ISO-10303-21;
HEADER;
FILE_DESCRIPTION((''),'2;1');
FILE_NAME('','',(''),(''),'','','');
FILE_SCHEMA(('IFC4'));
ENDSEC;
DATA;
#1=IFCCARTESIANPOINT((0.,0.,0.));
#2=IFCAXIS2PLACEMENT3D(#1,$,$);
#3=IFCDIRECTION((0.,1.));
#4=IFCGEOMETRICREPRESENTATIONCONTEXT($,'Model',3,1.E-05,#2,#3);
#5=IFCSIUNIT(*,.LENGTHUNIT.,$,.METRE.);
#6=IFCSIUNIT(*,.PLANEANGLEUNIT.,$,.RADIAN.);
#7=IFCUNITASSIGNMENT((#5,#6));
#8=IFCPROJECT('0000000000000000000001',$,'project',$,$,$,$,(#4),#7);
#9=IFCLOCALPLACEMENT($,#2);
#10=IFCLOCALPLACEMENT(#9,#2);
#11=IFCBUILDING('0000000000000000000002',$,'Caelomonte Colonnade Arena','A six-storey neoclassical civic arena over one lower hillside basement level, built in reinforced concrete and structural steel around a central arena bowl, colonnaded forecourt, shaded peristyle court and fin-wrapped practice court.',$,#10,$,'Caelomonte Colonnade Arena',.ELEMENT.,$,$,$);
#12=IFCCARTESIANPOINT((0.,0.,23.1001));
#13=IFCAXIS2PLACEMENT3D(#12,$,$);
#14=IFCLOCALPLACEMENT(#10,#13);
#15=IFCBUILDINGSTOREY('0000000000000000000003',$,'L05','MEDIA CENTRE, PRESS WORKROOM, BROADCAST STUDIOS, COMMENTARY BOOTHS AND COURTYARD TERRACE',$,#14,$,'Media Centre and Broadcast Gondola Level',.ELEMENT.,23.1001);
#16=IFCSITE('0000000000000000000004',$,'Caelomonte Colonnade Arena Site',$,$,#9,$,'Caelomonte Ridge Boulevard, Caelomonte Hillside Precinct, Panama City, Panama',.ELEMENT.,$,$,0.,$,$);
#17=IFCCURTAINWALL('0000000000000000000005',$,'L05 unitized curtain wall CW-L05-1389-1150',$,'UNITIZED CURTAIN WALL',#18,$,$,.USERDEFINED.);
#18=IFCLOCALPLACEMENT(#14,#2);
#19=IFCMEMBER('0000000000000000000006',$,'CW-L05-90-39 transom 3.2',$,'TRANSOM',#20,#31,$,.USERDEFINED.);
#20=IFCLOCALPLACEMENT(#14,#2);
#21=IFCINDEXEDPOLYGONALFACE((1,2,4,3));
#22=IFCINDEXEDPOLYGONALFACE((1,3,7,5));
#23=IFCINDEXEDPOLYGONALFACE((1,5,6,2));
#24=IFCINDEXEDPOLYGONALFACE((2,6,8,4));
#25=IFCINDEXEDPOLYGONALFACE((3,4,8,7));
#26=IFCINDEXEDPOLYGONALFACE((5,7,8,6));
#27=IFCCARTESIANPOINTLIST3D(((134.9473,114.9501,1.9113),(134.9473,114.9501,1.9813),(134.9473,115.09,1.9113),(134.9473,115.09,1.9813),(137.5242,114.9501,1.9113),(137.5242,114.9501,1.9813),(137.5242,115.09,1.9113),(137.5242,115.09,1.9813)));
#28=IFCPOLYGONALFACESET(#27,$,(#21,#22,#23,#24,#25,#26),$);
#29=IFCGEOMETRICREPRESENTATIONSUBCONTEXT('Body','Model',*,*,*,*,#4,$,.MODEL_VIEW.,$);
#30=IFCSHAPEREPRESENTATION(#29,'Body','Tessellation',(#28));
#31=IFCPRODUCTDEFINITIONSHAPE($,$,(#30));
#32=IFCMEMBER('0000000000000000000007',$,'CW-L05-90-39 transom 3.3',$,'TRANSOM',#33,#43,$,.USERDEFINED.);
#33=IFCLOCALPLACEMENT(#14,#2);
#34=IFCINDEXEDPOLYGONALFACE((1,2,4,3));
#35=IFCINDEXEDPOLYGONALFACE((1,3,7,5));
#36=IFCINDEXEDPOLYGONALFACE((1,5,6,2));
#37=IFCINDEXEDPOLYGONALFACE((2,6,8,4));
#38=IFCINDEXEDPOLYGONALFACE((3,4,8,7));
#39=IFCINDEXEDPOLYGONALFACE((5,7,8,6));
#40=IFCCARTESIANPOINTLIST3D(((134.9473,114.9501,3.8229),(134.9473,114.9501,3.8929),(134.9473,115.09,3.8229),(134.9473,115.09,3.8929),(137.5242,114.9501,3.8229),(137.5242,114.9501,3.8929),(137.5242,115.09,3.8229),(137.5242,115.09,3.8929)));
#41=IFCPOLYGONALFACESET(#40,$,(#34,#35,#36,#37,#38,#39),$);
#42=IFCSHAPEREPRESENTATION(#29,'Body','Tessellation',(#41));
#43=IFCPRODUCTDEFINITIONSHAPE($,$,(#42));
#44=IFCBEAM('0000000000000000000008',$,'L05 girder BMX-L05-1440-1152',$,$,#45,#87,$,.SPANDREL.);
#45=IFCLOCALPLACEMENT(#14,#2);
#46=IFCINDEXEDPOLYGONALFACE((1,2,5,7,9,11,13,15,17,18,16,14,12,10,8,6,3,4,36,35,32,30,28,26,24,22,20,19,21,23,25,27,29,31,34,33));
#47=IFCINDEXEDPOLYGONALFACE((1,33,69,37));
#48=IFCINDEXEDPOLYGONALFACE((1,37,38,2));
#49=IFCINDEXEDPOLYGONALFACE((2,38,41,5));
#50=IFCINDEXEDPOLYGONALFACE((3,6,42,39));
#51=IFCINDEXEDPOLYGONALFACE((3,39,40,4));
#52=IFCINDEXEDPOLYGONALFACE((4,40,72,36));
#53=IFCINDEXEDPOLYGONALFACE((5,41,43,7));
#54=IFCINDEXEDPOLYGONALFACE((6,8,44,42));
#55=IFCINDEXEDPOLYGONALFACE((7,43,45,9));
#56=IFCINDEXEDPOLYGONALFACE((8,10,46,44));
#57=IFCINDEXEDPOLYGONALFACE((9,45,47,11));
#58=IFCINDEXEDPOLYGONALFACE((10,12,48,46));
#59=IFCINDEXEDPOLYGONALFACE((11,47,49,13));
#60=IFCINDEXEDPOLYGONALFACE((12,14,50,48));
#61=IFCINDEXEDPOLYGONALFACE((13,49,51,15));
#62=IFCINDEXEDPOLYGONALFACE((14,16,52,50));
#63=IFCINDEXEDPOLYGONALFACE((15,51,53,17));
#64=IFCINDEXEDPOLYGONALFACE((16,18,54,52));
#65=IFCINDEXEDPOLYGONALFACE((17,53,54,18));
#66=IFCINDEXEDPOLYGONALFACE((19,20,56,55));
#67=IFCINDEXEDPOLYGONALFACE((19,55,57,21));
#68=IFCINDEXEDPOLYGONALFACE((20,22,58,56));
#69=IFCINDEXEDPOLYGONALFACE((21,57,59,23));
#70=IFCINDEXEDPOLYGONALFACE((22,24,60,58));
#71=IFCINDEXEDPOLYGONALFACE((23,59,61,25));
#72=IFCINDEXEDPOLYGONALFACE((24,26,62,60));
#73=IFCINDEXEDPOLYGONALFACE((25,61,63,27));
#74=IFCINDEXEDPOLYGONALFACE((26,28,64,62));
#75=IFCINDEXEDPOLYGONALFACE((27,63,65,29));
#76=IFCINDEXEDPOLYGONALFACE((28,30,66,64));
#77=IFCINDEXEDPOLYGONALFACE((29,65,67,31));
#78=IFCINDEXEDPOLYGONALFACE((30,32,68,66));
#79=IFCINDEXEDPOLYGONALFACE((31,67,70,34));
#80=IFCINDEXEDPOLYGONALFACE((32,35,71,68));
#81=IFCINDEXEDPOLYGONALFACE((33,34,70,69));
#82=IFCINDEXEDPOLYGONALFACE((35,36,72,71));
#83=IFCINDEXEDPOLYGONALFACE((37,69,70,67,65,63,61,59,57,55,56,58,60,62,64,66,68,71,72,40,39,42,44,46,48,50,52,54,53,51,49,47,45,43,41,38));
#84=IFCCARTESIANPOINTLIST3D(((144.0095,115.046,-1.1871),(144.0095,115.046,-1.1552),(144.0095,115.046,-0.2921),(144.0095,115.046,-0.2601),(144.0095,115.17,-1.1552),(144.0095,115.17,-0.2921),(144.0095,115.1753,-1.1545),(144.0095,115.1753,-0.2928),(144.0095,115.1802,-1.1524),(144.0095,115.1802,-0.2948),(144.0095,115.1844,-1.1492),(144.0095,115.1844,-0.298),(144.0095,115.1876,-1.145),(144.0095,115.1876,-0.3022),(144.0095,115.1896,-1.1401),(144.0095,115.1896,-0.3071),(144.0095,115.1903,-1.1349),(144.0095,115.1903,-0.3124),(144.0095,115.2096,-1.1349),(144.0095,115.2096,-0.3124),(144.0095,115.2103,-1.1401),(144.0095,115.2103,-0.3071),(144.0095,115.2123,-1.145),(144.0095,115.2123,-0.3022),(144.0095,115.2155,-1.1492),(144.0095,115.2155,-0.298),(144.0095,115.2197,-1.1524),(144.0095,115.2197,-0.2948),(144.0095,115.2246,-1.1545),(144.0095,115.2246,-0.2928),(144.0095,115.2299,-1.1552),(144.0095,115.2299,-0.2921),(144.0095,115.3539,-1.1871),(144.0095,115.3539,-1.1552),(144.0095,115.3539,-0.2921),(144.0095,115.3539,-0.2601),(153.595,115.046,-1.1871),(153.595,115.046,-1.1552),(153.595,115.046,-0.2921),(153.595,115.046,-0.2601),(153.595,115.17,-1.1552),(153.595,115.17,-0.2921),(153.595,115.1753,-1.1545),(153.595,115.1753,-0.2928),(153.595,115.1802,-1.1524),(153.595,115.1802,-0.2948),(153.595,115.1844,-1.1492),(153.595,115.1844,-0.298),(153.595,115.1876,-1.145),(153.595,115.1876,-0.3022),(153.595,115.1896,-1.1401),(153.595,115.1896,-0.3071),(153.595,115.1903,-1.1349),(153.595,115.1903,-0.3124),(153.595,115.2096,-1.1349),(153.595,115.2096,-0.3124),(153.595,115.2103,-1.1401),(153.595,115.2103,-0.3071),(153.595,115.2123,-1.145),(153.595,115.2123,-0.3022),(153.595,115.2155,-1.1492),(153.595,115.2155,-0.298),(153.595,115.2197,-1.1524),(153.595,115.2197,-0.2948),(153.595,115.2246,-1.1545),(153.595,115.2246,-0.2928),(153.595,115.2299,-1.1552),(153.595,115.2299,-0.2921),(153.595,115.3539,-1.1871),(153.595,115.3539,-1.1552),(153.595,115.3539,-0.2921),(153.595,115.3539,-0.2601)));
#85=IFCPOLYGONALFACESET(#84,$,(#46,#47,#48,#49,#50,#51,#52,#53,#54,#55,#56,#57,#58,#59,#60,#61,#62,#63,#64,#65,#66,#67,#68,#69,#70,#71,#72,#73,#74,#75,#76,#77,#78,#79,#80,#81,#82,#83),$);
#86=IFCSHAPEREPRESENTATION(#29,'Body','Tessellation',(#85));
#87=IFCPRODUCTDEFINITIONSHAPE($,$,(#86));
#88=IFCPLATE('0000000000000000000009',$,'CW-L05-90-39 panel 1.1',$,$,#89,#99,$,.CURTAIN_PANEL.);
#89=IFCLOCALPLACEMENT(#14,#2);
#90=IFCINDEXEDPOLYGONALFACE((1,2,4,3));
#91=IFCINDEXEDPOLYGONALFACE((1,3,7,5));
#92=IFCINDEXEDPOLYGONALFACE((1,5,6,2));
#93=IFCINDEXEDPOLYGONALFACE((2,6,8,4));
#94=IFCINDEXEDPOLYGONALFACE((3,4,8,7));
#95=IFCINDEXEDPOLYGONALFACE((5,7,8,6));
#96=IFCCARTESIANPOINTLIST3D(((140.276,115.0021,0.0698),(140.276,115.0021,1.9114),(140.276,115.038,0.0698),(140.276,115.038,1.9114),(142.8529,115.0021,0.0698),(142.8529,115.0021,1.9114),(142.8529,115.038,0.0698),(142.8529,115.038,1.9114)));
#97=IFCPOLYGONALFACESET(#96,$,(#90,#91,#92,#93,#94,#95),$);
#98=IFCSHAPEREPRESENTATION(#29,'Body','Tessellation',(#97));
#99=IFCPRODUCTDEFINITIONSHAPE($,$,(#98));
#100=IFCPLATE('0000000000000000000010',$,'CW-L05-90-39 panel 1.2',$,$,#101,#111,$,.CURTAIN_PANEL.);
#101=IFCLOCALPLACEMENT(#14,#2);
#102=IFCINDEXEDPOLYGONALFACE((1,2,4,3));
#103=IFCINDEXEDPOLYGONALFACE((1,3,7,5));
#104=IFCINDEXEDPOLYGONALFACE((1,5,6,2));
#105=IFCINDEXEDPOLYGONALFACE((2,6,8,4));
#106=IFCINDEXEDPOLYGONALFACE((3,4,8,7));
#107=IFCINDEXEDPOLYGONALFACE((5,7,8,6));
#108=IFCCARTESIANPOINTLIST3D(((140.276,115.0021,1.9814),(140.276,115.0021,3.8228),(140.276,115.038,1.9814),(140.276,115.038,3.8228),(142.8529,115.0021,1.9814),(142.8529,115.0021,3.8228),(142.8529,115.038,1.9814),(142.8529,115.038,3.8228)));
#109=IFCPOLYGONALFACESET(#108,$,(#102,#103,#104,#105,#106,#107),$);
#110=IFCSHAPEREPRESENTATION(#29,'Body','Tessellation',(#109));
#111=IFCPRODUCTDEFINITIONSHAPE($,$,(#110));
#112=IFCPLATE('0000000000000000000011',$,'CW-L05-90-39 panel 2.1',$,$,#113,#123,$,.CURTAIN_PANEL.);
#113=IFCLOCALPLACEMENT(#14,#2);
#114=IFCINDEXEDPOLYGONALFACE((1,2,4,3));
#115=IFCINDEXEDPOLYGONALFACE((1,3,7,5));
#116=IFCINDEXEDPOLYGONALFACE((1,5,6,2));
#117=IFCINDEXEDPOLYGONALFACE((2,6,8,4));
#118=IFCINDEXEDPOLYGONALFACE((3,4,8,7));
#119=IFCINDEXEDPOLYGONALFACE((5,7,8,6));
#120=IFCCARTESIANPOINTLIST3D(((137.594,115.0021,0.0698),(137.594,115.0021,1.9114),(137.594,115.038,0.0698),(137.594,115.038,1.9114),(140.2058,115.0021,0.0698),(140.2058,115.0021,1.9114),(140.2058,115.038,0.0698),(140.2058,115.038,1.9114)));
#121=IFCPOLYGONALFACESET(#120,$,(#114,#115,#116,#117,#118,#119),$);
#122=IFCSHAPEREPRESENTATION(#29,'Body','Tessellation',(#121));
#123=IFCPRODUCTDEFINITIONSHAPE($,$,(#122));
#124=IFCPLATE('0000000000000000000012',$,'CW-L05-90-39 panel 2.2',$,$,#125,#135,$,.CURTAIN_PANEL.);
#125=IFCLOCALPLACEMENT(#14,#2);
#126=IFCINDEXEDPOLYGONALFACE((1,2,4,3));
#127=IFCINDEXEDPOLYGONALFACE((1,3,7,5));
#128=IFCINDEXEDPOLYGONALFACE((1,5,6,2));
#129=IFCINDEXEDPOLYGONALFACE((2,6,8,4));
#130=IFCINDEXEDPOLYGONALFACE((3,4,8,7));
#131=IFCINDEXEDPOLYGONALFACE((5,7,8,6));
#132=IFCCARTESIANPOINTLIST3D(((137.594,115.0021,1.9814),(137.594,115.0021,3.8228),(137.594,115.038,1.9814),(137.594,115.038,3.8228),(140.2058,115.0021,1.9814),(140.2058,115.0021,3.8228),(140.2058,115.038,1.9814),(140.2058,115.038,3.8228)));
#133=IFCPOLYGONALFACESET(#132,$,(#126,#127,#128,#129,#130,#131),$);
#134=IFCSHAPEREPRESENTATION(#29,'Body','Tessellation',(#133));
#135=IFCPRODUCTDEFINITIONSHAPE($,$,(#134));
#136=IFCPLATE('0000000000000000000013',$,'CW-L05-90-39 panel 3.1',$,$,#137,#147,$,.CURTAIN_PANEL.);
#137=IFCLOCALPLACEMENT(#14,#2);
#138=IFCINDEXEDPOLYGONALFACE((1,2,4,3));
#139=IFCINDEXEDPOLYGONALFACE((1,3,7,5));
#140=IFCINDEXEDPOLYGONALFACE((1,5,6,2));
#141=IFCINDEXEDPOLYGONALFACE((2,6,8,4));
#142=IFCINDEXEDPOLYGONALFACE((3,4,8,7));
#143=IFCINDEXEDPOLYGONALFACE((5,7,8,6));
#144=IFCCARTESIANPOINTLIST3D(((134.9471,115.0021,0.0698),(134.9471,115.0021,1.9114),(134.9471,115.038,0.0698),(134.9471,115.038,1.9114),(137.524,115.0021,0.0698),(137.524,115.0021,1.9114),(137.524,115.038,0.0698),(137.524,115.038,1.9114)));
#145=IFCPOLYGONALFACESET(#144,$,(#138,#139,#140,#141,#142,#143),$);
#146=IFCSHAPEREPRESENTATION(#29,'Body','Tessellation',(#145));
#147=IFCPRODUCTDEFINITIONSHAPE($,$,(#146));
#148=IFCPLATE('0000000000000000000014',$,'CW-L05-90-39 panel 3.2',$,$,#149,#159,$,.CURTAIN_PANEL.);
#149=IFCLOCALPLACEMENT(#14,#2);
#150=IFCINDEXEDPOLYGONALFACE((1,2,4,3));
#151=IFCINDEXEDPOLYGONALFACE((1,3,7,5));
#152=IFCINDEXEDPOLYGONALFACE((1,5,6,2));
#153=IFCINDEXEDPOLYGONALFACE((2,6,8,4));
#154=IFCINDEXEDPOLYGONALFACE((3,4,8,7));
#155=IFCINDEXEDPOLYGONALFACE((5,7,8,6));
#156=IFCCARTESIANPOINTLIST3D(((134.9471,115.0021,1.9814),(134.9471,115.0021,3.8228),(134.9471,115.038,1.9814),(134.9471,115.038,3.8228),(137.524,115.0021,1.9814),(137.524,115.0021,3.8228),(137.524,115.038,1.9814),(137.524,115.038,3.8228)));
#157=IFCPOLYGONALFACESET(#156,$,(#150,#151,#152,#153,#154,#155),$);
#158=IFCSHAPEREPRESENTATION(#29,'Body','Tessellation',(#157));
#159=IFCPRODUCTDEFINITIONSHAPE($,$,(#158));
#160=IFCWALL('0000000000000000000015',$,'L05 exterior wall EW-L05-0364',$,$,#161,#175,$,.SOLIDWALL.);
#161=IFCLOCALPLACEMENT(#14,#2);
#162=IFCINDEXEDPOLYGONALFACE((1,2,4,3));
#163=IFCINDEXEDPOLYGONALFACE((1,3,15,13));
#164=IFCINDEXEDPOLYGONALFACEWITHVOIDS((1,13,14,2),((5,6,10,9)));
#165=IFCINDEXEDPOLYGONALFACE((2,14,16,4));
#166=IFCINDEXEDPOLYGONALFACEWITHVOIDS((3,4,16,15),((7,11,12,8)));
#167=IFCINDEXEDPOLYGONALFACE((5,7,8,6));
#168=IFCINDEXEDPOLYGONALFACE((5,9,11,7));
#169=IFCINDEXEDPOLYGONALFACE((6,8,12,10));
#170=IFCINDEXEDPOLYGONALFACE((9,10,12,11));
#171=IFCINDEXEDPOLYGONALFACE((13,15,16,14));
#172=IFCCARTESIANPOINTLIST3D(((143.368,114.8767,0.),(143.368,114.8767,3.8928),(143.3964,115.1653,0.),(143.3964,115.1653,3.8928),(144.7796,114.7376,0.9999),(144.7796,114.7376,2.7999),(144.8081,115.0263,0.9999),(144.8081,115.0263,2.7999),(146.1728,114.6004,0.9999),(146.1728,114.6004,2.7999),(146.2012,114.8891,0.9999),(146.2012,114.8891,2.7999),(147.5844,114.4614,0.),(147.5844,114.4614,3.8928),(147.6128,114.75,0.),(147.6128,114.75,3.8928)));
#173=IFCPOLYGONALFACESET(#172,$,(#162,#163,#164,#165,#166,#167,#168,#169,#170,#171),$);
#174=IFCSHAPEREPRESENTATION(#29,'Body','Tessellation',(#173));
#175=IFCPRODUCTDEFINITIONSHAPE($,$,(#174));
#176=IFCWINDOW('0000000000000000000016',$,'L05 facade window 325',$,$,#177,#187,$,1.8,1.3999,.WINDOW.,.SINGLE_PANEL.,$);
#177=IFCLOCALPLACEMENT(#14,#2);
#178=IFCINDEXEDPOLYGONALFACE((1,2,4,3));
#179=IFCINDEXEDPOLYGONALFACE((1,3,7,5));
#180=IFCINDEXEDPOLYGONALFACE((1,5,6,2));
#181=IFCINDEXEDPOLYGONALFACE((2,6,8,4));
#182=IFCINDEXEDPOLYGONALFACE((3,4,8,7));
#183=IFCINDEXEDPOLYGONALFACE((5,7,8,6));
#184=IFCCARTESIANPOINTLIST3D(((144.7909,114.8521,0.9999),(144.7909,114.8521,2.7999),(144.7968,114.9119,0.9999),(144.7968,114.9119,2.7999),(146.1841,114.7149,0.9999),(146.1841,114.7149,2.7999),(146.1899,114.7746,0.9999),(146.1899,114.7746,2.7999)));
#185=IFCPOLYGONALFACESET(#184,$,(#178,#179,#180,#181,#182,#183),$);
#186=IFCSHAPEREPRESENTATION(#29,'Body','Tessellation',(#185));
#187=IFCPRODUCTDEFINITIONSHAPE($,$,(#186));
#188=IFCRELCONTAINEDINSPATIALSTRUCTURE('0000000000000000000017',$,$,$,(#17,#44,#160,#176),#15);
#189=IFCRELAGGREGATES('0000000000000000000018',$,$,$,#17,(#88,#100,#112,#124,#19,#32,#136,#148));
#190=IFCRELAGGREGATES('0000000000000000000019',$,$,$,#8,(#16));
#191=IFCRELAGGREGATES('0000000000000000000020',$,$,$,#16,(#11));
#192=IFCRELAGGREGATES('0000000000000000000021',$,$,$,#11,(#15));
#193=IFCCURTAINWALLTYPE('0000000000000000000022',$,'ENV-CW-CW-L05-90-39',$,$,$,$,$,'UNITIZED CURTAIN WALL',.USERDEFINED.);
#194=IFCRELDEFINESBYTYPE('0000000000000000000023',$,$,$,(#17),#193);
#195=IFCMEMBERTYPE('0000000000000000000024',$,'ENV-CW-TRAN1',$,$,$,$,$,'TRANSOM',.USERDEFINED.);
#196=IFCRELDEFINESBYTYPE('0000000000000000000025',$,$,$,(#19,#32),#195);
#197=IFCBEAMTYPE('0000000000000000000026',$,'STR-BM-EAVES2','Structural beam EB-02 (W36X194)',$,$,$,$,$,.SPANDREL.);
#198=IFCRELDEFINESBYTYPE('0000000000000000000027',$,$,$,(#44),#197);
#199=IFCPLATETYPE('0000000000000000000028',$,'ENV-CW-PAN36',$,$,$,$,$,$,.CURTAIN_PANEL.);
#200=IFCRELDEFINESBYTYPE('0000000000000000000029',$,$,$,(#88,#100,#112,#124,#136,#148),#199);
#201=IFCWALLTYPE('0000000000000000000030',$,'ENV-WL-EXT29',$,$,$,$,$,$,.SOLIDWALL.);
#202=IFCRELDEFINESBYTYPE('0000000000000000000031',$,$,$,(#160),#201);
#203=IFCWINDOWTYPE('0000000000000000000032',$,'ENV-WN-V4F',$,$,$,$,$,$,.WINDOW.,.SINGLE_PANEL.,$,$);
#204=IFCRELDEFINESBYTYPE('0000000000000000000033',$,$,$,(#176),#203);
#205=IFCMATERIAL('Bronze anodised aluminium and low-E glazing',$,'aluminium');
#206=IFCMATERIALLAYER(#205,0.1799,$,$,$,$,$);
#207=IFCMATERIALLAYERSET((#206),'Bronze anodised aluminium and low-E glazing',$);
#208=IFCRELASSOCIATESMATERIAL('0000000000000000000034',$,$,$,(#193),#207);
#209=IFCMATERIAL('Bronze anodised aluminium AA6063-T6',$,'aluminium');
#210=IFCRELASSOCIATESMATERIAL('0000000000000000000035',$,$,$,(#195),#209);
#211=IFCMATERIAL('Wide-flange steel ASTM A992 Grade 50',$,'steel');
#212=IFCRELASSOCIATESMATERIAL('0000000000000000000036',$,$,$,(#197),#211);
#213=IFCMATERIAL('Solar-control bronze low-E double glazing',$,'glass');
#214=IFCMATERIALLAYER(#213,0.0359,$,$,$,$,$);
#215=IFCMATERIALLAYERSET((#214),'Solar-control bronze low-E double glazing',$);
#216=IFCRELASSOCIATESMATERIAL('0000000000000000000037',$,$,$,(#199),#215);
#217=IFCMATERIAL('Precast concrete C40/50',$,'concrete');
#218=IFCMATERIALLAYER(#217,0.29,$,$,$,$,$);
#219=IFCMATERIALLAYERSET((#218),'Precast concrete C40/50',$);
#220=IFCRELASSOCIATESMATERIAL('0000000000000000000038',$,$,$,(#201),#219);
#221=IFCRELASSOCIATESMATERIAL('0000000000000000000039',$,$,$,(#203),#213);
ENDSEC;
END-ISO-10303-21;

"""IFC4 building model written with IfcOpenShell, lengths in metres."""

from ifc_helpers import new_model, si_unit, direction, frame, frame_2d, origin, origin_2d, place, context, subcontext, project, spatial, rectangle, i_section, extrude, material, layer, layer_set, material_profile, profile_set, type_object, element, fill, aggregate, save


model = new_model("IFC4")

# Units and contexts
model_context = context("Model", 3, precision=1e-05, world=origin(), true_north=direction((0.0, 1.0)))
body_context = subcontext(model_context, "Body", "Model", "MODEL_VIEW")
ifc_project = project(units=[si_unit("LENGTHUNIT", "METRE"), si_unit("PLANEANGLEUNIT", "RADIAN")], contexts=[model_context])

# Site, building, storey
site_placement = place(None, origin())
site = spatial("IfcSite", under=ifc_project, at=site_placement, Name="Caelomonte Colonnade Arena Site", LongName="Caelomonte Ridge Boulevard, Caelomonte Hillside Precinct, Panama City, Panama", CompositionType="ELEMENT", RefElevation=0.0)
building_placement = place(site_placement, origin())
building = spatial("IfcBuilding", under=site, at=building_placement, Name="Caelomonte Colonnade Arena", Description="A six-storey neoclassical civic arena over one lower hillside basement level, built in reinforced concrete and structural steel around a central arena bowl, colonnaded forecourt, shaded peristyle court and fin-wrapped practice court.", LongName="Caelomonte Colonnade Arena", CompositionType="ELEMENT")
storey_placement = place(building_placement, frame((0.0, 0.0, 23.1001)))
storey = spatial("IfcBuildingStorey", under=building, at=storey_placement, Name="L05", Description="MEDIA CENTRE, PRESS WORKROOM, BROADCAST STUDIOS, COMMENTARY BOOTHS AND COURTYARD TERRACE", LongName="Media Centre and Broadcast Gondola Level", CompositionType="ELEMENT", Elevation=23.1001)

# Shared definitions
ifc_material_1 = material(Name="Wide-flange steel ASTM A992 Grade 50", Category="steel")

# Curtain wall, members
ifc_material_2 = material(Name="Bronze anodised aluminium and low-E glazing", Category="aluminium")
ifc_layer_1 = layer(ifc_material_2, 0.1799)
ifc_layer_set_1 = layer_set([ifc_layer_1], Name="Bronze anodised aluminium and low-E glazing")
curtain_wall_type = type_object("IfcCurtainWallType", Name="ENV-CW-CW-L05-90-39", ElementType="UNITIZED CURTAIN WALL", PredefinedType="USERDEFINED", material=ifc_layer_set_1)
curtain_wall_placement = place(storey_placement, origin())
curtain_wall = element("IfcCurtainWall", 1, at=curtain_wall_placement, inside=storey, type_object=curtain_wall_type, Name="L05 unitized curtain wall CW-L05-1389-1150", ObjectType="UNITIZED CURTAIN WALL", PredefinedType="USERDEFINED")
ifc_material_3 = material(Name="Bronze anodised aluminium AA6063-T6", Category="aluminium")
ifc_material_profile_1 = material_profile(ifc_material_3, rectangle(XDim=0.0701, YDim=0.1399, at=origin_2d()), Name="CWT-70X140")
ifc_profile_set_1 = profile_set([ifc_material_profile_1], Name="Bronze anodised aluminium AA6063-T6")
member_type_1 = type_object("IfcMemberType", Name="ENV-CW-TRAN1", ElementType="TRANSOM", PredefinedType="USERDEFINED", material=ifc_profile_set_1)
member_1_placement = place(storey_placement, frame((137.5242, 115.02, 1.9463), z_axis=(-1.0, 0.0, 0.0), x_axis=(0.0, 0.0, 1.0)))
member_1 = element("IfcMember", 2, at=member_1_placement, type_object=member_type_1, Name="CW-L05-90-39 transom 3.2", ObjectType="TRANSOM", PredefinedType="USERDEFINED", context=body_context, shape_type="SweptSolid", body=[
    extrude(rectangle(XDim=0.0701, YDim=0.1399, at=origin_2d()), origin(), (0.0, 0.0, 1.0), 2.5769),
])
member_2_placement = place(storey_placement, frame((137.5242, 115.02, 3.8579), z_axis=(-1.0, 0.0, 0.0), x_axis=(0.0, 0.0, 1.0)))
member_2 = element("IfcMember", 3, at=member_2_placement, type_object=member_type_1, Name="CW-L05-90-39 transom 3.3", ObjectType="TRANSOM", PredefinedType="USERDEFINED", context=body_context, shape_type="SweptSolid", body=[
    extrude(rectangle(XDim=0.0701, YDim=0.1399, at=origin_2d()), origin(), (0.0, 0.0, 1.0), 2.5769),
])

# Beam
ifc_material_profile_2 = material_profile(ifc_material_1, i_section(OverallWidth=0.3079, OverallDepth=0.927, WebThickness=0.0193, FlangeThickness=0.032, FilletRadius=0.0203, at=origin_2d()), Name="W36X194")
ifc_profile_set_2 = profile_set([ifc_material_profile_2], Name="Wide-flange steel ASTM A992 Grade 50")
beam_type = type_object("IfcBeamType", Name="STR-BM-EAVES2", Description="Structural beam EB-02 (W36X194)", PredefinedType="SPANDREL", material=ifc_profile_set_2)
beam_placement = place(storey_placement, frame((144.0095, 115.2, -0.7236), z_axis=(1.0, 0.0, 0.0), x_axis=(0.0, 1.0, 0.0)))
element("IfcBeam", 4, at=beam_placement, inside=storey, type_object=beam_type, Name="L05 girder BMX-L05-1440-1152", PredefinedType="SPANDREL", context=body_context, shape_type="SweptSolid", body=[
    extrude(i_section(OverallWidth=0.3079, OverallDepth=0.927, WebThickness=0.0193, FlangeThickness=0.032, FilletRadius=0.0203, at=origin_2d()), origin(), (0.0, 0.0, 1.0), 9.5854),
])

# Plates
ifc_material_4 = material(Name="Solar-control bronze low-E double glazing", Category="glass")
ifc_layer_2 = layer(ifc_material_4, 0.0359)
ifc_layer_set_2 = layer_set([ifc_layer_2], Name="Solar-control bronze low-E double glazing")
plate_type = type_object("IfcPlateType", Name="ENV-CW-PAN36", PredefinedType="CURTAIN_PANEL", material=ifc_layer_set_2)
plate_1_placement = place(storey_placement, frame((141.5645, 115.02, 0.0698), z_axis=(0.0, 0.0, 1.0), x_axis=(-1.0, 0.0, 0.0)))
plate_1 = element("IfcPlate", 5, at=plate_1_placement, type_object=plate_type, Name="CW-L05-90-39 panel 1.1", PredefinedType="CURTAIN_PANEL", context=body_context, shape_type="SweptSolid", body=[
    extrude(rectangle(XDim=2.5769, YDim=0.0359, at=origin_2d()), origin(), (0.0, 0.0, 1.0), 1.8416),
])
plate_2_placement = place(storey_placement, frame((141.5645, 115.02, 1.9814), z_axis=(0.0, 0.0, 1.0), x_axis=(-1.0, 0.0, 0.0)))
plate_2 = element("IfcPlate", 6, at=plate_2_placement, type_object=plate_type, Name="CW-L05-90-39 panel 1.2", PredefinedType="CURTAIN_PANEL", context=body_context, shape_type="SweptSolid", body=[
    extrude(rectangle(XDim=2.5769, YDim=0.0359, at=origin_2d()), origin(), (0.0, 0.0, 1.0), 1.8413),
])
plate_3_placement = place(storey_placement, frame((138.8999, 115.02, 0.0698), z_axis=(0.0, 0.0, 1.0), x_axis=(-1.0, 0.0, 0.0)))
plate_3 = element("IfcPlate", 7, at=plate_3_placement, type_object=plate_type, Name="CW-L05-90-39 panel 2.1", PredefinedType="CURTAIN_PANEL", context=body_context, shape_type="SweptSolid", body=[
    extrude(rectangle(XDim=2.6118, YDim=0.0359, at=origin_2d()), origin(), (0.0, 0.0, 1.0), 1.8416),
])
plate_4_placement = place(storey_placement, frame((138.8999, 115.02, 1.9814), z_axis=(0.0, 0.0, 1.0), x_axis=(-1.0, 0.0, 0.0)))
plate_4 = element("IfcPlate", 8, at=plate_4_placement, type_object=plate_type, Name="CW-L05-90-39 panel 2.2", PredefinedType="CURTAIN_PANEL", context=body_context, shape_type="SweptSolid", body=[
    extrude(rectangle(XDim=2.6118, YDim=0.0359, at=origin_2d()), origin(), (0.0, 0.0, 1.0), 1.8413),
])
plate_5_placement = place(storey_placement, frame((136.2356, 115.02, 0.0698), z_axis=(0.0, 0.0, 1.0), x_axis=(-1.0, 0.0, 0.0)))
plate_5 = element("IfcPlate", 9, at=plate_5_placement, type_object=plate_type, Name="CW-L05-90-39 panel 3.1", PredefinedType="CURTAIN_PANEL", context=body_context, shape_type="SweptSolid", body=[
    extrude(rectangle(XDim=2.5769, YDim=0.0359, at=origin_2d()), origin(), (0.0, 0.0, 1.0), 1.8416),
])
plate_6_placement = place(storey_placement, frame((136.2356, 115.02, 1.9814), z_axis=(0.0, 0.0, 1.0), x_axis=(-1.0, 0.0, 0.0)))
plate_6 = element("IfcPlate", 10, at=plate_6_placement, type_object=plate_type, Name="CW-L05-90-39 panel 3.2", PredefinedType="CURTAIN_PANEL", context=body_context, shape_type="SweptSolid", body=[
    extrude(rectangle(XDim=2.5769, YDim=0.0359, at=origin_2d()), origin(), (0.0, 0.0, 1.0), 1.8413),
])
aggregate(curtain_wall, [plate_1, plate_2, plate_3, plate_4, member_1, member_2, plate_5, plate_6])

# Wall, opening, window
ifc_material_5 = material(Name="Precast concrete C40/50", Category="concrete")
ifc_layer_3 = layer(ifc_material_5, 0.29)
ifc_layer_set_3 = layer_set([ifc_layer_3], Name="Precast concrete C40/50")
wall_type = type_object("IfcWallType", Name="ENV-WL-EXT29", PredefinedType="SOLIDWALL", material=ifc_layer_set_3)
wall_placement = place(storey_placement, frame((147.5986, 114.6057, 0.0), z_axis=(0.0, 0.0, 1.0), x_axis=(-0.995184, 0.09802, 0.0)))
wall = element("IfcWall", 11, at=wall_placement, inside=storey, type_object=wall_type, Name="L05 exterior wall EW-L05-0364", PredefinedType="SOLIDWALL", context=body_context, shape_type="SweptSolid", body=[
    extrude(rectangle(XDim=4.2368, YDim=0.29, at=frame_2d((2.1184, 0.0))), origin(), (0.0, 0.0, 1.0), 3.8928),
])
opening_placement = place(wall_placement, frame((2.8184, 0.0, 1.0), z_axis=(0.0, 0.0, 1.0), x_axis=(-1.0, 0.0, 0.0)))
opening = element("IfcOpeningElement", 12, at=opening_placement, cuts=wall, PredefinedType="OPENING", context=body_context, shape_type="SweptSolid", body=[
    extrude(rectangle(XDim=1.3999, YDim=1.8, at=frame_2d((0.7, 0.8999))), frame((0.0, 0.155, 0.0), z_axis=(0.0, -1.0, 0.0), x_axis=(1.0, 0.0, 0.0)), (0.0, 0.0, 1.0), 0.3101),
])
window_type = type_object("IfcWindowType", Name="ENV-WN-V4F", PartitioningType="SINGLE_PANEL", PredefinedType="WINDOW", material=ifc_material_4)
window_placement = place(opening_placement, origin())
window = element("IfcWindow", 13, at=window_placement, inside=storey, type_object=window_type, Name="L05 facade window 325", OverallHeight=1.8, OverallWidth=1.3999, PartitioningType="SINGLE_PANEL", PredefinedType="WINDOW", context=body_context, shape_type="SweptSolid", body=[
    extrude(rectangle(XDim=1.3999, YDim=1.8, at=frame_2d((0.7, 0.8999))), frame((0.0, 0.03, 0.0), z_axis=(0.0, -1.0, 0.0), x_axis=(1.0, 0.0, 0.0)), (0.0, 0.0, 1.0), 0.0601),
])
fill(opening, window)

save(model, "model.ifc")
